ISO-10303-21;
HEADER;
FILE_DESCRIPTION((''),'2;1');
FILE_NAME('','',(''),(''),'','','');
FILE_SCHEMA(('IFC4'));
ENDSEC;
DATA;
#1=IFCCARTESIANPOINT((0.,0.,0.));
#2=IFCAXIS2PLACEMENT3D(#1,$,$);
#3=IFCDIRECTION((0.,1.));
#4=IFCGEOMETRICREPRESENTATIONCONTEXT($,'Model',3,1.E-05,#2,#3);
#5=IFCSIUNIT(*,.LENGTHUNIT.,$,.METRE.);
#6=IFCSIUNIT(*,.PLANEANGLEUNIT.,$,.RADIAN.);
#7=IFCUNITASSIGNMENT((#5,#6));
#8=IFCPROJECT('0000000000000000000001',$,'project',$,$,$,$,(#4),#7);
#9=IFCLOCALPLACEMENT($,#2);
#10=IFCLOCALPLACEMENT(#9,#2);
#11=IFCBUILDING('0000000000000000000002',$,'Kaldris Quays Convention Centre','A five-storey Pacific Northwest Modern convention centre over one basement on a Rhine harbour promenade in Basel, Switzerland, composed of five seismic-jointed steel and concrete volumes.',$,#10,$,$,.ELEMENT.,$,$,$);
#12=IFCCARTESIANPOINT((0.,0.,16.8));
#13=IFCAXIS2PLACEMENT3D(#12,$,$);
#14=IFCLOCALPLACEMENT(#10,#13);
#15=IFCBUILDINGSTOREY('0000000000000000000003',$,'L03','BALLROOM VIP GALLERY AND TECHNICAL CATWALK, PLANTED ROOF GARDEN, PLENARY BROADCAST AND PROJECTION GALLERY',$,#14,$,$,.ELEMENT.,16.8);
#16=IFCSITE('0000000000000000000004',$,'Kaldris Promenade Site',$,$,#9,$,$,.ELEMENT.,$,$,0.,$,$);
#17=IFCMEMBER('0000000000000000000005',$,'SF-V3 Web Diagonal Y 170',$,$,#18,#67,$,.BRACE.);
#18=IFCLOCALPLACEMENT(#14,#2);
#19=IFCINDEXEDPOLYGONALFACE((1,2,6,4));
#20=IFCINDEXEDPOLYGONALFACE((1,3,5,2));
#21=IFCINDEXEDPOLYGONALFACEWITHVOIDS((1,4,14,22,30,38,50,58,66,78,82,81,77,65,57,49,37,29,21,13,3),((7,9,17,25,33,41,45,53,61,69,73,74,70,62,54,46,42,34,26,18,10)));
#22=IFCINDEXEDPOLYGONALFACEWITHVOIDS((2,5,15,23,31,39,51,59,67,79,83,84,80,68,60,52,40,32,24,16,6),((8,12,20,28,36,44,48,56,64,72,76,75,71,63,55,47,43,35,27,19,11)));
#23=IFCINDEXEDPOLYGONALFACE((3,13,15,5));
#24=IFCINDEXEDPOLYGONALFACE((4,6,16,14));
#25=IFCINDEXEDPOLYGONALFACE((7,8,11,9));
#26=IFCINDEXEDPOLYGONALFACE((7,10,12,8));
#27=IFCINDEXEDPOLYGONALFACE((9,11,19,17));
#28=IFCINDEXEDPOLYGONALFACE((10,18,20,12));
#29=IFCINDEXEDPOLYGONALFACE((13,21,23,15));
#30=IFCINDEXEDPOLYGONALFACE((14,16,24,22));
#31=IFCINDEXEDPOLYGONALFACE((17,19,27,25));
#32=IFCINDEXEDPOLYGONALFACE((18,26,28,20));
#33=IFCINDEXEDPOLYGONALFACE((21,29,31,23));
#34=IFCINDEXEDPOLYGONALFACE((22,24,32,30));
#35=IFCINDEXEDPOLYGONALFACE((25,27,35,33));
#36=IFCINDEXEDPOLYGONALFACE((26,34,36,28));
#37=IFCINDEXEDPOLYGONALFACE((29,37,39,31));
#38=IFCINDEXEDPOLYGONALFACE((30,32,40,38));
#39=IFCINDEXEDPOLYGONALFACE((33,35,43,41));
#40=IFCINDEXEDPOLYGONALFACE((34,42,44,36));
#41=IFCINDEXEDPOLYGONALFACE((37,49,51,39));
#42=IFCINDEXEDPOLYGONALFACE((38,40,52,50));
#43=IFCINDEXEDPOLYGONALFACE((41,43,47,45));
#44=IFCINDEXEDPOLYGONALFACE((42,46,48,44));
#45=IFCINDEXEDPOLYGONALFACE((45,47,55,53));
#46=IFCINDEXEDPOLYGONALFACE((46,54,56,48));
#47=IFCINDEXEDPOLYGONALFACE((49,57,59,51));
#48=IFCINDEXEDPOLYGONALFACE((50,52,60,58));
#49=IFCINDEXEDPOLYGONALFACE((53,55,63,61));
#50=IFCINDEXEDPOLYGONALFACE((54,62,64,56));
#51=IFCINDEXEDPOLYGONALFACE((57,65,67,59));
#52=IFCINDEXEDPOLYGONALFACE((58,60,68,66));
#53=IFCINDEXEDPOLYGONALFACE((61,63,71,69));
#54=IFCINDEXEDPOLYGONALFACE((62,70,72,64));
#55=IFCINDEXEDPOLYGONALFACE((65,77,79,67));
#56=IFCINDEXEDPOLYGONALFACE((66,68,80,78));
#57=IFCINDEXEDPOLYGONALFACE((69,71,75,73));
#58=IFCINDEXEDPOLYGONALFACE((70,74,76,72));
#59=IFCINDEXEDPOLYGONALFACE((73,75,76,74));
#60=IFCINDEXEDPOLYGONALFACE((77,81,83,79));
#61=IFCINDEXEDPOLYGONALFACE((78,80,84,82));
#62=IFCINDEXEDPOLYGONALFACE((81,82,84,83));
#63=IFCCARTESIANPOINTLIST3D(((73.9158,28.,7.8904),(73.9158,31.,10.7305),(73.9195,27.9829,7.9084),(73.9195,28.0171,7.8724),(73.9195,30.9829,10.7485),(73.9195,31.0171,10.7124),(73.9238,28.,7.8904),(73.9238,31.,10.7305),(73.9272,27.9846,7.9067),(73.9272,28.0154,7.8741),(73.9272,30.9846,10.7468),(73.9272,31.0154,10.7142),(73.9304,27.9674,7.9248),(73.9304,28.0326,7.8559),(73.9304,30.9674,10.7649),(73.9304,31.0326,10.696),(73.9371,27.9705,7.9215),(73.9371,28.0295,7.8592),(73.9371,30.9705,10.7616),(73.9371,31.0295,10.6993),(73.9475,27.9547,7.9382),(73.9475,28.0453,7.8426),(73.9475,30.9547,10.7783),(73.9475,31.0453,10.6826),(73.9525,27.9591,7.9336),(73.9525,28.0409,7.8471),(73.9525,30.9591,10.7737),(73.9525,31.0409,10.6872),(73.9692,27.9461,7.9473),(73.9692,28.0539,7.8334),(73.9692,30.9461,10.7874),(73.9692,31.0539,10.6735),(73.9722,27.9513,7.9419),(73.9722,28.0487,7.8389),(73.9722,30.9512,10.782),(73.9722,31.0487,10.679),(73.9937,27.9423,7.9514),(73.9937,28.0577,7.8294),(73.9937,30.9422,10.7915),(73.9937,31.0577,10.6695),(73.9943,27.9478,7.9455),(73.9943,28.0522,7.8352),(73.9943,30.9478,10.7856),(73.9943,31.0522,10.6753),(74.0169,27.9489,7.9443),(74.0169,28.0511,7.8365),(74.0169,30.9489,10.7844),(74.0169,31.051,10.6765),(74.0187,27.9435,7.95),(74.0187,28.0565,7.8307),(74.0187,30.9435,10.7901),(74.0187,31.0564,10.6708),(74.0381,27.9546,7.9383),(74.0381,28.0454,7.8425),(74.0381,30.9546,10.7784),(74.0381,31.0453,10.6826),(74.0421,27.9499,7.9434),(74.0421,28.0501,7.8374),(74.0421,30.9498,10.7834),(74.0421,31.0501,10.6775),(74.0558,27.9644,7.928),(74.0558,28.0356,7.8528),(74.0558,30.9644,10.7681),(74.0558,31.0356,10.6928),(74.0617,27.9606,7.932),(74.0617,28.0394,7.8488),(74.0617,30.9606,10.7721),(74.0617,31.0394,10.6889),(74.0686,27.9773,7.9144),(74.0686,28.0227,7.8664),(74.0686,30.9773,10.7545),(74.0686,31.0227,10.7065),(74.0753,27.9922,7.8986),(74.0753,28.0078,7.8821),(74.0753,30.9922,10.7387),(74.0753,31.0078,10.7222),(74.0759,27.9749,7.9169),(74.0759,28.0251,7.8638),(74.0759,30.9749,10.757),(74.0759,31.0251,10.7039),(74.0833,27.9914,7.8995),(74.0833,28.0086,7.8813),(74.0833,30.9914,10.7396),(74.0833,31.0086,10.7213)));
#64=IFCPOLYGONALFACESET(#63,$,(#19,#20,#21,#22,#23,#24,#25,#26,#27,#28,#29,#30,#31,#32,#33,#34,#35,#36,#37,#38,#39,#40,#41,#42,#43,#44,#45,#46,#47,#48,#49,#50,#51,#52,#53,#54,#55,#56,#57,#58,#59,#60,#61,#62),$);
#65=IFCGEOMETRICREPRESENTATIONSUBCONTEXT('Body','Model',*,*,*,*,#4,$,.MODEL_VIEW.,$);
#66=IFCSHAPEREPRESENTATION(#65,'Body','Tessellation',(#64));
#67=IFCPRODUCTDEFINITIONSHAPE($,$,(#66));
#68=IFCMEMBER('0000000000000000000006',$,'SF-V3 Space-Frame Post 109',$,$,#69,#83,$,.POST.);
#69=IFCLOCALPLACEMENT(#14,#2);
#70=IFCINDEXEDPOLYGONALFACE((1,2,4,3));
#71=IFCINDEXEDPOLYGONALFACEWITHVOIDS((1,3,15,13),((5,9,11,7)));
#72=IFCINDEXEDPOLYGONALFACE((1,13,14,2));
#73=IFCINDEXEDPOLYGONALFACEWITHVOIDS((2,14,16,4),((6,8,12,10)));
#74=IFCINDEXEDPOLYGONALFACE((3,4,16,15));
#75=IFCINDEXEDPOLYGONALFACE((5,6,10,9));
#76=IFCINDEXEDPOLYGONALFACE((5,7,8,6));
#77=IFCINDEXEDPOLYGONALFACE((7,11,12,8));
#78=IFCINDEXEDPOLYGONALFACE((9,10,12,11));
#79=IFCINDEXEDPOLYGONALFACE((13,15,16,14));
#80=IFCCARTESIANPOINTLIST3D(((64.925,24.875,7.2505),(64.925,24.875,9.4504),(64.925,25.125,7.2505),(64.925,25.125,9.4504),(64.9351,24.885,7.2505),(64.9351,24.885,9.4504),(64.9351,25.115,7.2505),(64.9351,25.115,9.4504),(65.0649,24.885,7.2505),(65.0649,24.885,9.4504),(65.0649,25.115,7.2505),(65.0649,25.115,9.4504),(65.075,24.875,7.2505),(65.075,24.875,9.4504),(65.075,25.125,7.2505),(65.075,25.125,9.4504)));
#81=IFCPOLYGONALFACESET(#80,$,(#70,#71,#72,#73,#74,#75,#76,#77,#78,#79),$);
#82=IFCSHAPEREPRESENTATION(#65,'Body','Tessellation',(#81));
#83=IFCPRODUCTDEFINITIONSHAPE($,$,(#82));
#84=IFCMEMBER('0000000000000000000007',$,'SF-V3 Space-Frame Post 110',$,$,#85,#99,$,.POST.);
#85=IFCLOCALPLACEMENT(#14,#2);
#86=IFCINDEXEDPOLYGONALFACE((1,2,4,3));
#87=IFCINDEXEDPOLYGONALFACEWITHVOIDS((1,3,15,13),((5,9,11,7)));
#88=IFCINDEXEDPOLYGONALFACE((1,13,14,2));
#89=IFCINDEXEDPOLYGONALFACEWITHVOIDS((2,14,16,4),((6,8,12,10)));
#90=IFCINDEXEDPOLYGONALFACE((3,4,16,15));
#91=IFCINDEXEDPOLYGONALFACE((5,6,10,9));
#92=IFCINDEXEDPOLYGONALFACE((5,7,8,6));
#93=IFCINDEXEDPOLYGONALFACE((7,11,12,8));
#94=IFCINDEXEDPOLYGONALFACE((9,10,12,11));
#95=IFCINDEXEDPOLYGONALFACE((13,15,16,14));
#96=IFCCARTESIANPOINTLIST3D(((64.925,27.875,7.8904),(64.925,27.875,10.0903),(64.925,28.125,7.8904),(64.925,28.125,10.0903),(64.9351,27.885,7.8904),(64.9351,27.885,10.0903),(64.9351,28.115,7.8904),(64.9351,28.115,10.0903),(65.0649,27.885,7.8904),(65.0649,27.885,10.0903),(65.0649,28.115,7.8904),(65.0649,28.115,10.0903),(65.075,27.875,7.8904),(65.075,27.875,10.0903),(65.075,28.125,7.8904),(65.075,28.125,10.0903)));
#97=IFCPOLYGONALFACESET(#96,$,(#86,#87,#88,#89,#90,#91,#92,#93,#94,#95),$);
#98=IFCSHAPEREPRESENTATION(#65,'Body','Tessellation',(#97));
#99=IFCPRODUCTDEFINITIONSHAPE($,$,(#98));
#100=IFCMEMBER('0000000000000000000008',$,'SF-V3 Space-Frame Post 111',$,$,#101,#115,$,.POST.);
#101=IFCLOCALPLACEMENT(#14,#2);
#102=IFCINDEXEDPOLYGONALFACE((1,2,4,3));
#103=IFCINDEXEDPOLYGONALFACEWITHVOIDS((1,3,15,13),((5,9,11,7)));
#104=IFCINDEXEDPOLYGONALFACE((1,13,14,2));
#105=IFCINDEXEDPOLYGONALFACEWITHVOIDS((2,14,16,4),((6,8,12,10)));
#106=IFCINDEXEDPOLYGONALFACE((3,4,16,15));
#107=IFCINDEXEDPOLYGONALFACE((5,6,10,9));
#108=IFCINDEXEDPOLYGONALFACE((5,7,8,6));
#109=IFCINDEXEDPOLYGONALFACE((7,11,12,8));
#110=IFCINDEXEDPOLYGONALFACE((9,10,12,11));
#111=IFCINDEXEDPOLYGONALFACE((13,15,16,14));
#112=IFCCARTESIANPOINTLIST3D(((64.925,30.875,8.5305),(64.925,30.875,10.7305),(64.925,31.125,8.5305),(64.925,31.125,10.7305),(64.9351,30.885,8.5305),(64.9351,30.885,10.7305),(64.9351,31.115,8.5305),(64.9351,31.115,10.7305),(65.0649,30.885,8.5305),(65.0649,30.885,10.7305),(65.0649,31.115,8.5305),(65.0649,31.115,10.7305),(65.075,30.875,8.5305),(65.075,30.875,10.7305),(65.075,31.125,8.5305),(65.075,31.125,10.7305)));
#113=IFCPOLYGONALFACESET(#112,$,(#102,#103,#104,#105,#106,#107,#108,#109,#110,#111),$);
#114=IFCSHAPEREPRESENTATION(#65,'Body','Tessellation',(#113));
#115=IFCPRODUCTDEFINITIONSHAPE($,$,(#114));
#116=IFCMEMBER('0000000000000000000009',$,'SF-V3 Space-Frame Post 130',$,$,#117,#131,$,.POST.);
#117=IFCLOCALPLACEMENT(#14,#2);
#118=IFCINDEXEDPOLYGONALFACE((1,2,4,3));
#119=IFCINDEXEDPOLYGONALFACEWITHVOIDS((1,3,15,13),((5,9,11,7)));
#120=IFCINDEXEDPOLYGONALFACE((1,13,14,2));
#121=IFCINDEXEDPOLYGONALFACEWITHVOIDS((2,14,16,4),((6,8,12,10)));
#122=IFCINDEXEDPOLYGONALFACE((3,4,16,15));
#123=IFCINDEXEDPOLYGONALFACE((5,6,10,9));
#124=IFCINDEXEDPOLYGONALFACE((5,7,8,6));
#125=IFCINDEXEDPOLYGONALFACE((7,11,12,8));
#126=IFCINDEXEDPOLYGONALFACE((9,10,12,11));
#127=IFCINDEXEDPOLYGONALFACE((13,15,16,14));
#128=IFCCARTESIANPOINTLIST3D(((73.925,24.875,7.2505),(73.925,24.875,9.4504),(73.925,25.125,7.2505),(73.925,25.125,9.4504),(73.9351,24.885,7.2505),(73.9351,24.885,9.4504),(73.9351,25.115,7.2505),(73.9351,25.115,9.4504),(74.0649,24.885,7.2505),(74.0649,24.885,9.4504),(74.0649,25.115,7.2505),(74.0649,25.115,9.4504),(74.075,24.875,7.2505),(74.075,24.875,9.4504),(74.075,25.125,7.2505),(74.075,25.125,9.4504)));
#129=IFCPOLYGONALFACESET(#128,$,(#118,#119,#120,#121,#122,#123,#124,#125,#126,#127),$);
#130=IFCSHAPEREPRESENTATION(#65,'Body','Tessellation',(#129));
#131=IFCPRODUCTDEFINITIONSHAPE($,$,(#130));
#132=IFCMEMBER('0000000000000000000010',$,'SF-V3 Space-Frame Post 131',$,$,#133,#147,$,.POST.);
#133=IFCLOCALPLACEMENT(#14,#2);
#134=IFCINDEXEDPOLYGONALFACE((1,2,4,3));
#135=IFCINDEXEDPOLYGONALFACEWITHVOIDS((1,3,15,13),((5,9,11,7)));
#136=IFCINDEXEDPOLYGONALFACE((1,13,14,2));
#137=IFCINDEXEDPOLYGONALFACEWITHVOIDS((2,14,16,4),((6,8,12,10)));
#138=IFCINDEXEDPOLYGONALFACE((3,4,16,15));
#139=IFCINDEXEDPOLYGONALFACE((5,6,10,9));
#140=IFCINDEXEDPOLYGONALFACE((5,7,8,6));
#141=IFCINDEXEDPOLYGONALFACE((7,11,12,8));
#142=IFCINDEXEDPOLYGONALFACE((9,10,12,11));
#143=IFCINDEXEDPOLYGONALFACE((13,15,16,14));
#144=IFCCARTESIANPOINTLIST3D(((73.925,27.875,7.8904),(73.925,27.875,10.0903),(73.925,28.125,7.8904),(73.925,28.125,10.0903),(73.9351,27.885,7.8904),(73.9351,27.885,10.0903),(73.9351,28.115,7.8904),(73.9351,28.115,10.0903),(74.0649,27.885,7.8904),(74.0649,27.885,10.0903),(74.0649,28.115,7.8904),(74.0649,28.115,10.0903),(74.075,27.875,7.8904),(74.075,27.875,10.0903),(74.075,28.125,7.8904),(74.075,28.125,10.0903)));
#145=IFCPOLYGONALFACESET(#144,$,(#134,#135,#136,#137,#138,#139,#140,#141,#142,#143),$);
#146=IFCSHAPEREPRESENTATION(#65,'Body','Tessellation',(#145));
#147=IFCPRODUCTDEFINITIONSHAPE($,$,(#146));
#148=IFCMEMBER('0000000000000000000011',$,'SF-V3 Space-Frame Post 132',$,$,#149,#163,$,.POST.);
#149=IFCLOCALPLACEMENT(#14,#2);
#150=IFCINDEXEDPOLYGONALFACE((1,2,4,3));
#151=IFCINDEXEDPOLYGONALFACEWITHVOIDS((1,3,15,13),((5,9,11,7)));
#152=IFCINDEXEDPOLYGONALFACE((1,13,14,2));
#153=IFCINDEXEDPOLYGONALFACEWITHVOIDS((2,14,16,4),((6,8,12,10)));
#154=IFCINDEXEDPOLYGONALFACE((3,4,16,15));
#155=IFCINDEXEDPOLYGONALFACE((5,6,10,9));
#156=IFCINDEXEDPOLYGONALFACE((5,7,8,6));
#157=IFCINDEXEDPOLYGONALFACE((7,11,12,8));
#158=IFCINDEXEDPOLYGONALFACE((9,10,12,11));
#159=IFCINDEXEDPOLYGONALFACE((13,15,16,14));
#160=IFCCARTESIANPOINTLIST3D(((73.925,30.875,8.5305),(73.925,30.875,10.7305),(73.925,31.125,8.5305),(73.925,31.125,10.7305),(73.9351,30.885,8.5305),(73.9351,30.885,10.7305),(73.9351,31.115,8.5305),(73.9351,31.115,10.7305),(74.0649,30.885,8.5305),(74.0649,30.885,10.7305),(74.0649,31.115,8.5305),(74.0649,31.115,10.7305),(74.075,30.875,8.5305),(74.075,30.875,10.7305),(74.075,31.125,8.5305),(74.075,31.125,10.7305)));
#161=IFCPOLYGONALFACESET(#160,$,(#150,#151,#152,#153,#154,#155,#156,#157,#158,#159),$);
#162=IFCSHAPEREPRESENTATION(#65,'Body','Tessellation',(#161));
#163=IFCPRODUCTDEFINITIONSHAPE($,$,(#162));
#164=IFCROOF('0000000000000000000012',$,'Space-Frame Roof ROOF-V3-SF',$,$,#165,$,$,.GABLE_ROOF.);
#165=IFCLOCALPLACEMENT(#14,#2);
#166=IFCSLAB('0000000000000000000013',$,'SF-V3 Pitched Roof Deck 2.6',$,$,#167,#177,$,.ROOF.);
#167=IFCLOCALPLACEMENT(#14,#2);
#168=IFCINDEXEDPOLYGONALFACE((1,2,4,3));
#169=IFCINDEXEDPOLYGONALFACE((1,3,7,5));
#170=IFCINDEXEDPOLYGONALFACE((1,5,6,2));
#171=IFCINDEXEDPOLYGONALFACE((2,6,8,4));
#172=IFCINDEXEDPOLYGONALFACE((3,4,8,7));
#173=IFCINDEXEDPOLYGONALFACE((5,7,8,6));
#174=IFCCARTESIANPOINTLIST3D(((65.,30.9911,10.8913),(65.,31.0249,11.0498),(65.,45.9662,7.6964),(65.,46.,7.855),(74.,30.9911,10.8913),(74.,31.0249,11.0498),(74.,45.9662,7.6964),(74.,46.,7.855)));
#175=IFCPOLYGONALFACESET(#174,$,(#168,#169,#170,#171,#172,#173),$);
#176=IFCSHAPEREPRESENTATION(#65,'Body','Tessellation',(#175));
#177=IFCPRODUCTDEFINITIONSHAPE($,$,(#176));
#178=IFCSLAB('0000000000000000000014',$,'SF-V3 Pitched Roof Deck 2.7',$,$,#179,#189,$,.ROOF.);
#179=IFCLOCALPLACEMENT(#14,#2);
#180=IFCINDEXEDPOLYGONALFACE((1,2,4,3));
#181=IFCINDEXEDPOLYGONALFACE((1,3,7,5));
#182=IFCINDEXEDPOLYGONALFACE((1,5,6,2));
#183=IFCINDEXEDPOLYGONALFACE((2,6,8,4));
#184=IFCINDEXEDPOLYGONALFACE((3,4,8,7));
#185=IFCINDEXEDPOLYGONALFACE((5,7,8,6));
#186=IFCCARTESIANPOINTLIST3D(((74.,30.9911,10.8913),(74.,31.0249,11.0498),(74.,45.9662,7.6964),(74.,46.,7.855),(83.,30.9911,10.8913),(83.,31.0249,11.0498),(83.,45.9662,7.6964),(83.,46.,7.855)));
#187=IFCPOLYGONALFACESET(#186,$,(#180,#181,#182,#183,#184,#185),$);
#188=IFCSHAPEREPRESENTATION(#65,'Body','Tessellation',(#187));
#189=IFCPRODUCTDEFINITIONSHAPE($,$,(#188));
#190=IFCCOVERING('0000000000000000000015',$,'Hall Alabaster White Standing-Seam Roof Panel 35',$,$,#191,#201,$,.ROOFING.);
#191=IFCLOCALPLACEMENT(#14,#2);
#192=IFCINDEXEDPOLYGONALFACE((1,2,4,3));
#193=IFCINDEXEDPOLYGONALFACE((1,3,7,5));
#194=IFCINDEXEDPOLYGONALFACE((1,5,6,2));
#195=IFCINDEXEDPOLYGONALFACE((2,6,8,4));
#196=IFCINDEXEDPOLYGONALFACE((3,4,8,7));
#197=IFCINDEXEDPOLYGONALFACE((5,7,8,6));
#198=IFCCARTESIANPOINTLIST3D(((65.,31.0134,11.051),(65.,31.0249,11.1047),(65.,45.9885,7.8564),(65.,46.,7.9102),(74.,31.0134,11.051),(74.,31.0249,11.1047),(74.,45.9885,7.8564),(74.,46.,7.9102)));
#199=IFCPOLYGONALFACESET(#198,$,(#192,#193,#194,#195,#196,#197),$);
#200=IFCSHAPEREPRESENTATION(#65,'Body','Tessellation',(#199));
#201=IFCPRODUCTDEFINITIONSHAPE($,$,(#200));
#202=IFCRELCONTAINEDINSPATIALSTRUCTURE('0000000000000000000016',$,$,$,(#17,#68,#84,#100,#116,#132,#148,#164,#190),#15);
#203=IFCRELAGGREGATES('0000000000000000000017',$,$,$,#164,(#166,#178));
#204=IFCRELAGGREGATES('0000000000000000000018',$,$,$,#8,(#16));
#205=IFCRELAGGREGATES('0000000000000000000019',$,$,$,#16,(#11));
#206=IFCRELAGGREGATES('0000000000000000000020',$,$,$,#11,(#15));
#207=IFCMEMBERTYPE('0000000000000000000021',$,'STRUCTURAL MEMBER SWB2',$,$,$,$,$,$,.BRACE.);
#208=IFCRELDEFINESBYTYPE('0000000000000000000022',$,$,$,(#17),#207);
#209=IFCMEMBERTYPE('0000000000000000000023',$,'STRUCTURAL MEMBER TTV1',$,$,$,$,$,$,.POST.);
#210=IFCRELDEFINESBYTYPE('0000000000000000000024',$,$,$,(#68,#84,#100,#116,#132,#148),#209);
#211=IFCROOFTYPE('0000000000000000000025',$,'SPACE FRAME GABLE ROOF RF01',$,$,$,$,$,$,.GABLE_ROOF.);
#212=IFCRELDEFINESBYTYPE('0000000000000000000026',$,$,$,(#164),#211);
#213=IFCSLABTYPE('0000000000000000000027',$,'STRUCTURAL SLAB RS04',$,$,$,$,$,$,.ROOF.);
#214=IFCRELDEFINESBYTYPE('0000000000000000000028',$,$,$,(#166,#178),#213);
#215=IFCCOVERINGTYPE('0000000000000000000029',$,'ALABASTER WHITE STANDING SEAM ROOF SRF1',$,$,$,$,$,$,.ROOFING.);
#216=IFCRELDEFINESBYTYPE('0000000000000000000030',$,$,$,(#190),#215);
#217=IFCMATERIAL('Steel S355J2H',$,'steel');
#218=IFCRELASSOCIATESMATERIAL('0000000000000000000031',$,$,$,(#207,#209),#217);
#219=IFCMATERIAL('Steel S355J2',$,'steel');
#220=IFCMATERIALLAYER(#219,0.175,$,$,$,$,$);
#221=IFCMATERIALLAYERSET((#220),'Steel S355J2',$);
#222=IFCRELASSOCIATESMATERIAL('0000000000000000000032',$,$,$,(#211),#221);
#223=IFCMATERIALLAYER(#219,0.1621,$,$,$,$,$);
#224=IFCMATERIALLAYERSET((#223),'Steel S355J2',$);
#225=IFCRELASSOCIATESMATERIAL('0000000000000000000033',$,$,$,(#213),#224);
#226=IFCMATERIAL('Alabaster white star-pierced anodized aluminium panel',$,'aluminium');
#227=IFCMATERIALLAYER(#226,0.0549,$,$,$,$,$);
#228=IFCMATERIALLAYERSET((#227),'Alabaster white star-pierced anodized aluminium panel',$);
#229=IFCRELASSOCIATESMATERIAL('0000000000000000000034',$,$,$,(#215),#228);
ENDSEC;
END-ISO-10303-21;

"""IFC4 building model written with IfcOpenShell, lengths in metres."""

from ifc_helpers import new_model, si_unit, direction, frame, origin, origin_2d, place, context, subcontext, project, spatial, polyline, hollow_rectangle, hollow_circle, outline, extrude, material, layer, layer_set, material_profile, profile_set, type_object, element, aggregate, save


model = new_model("IFC4")

# Units and contexts
model_context = context("Model", 3, precision=1e-05, world=origin(), true_north=direction((0.0, 1.0)))
body_context = subcontext(model_context, "Body", "Model", "MODEL_VIEW")
ifc_project = project(units=[si_unit("LENGTHUNIT", "METRE"), si_unit("PLANEANGLEUNIT", "RADIAN")], contexts=[model_context])

# Site, building, storey
site_placement = place(None, origin())
site = spatial("IfcSite", under=ifc_project, at=site_placement, Name="Kaldris Promenade Site", CompositionType="ELEMENT", RefElevation=0.0)
building_placement = place(site_placement, origin())
building = spatial("IfcBuilding", under=site, at=building_placement, Name="Kaldris Quays Convention Centre", Description="A five-storey Pacific Northwest Modern convention centre over one basement on a Rhine harbour promenade in Basel, Switzerland, composed of five seismic-jointed steel and concrete volumes.", CompositionType="ELEMENT")
storey_placement = place(building_placement, frame((0.0, 0.0, 16.8)))
storey = spatial("IfcBuildingStorey", under=building, at=storey_placement, Name="L03", Description="BALLROOM VIP GALLERY AND TECHNICAL CATWALK, PLANTED ROOF GARDEN, PLENARY BROADCAST AND PROJECTION GALLERY", CompositionType="ELEMENT", Elevation=16.8)

# Members
ifc_material_1 = material(Name="Steel S355J2H", Category="steel")
ifc_material_profile_1 = material_profile(ifc_material_1, hollow_circle(Radius=0.0842, WallThickness=0.0081, at=origin_2d()), Name="CHS 168.3x8")
ifc_profile_set_1 = profile_set([ifc_material_profile_1], Name="Steel S355J2H")
member_type_1 = type_object("IfcMemberType", Name="STRUCTURAL MEMBER SWB2", PredefinedType="BRACE", material=ifc_profile_set_1)
member_1_placement = place(storey_placement, frame((74.0, 28.0, 7.8904), z_axis=(0.0, 0.726196, 0.687487), x_axis=(-1.0, 0.0, 0.0)))
element("IfcMember", 1, at=member_1_placement, inside=storey, type_object=member_type_1, Name="SF-V3 Web Diagonal Y 170", PredefinedType="BRACE", context=body_context, shape_type="SweptSolid", body=[
    extrude(hollow_circle(Radius=0.0842, WallThickness=0.0081, at=origin_2d()), origin(), (0.0, 0.0, 1.0), 4.1311),
])
ifc_material_profile_2 = material_profile(ifc_material_1, hollow_rectangle(XDim=0.1499, YDim=0.25, WallThickness=0.01, at=origin_2d()), Name="RHS 250x150x10")
ifc_profile_set_2 = profile_set([ifc_material_profile_2], Name="Steel S355J2H")
member_type_2 = type_object("IfcMemberType", Name="STRUCTURAL MEMBER TTV1", PredefinedType="POST", material=ifc_profile_set_2)
for number, where, z_axis, x_axis, name in (
    (2, (65.0, 25.0, 7.2505), (0.0, 0.0, 1.0), (1.0, 0.0, 0.0), "SF-V3 Space-Frame Post 109"),
    (3, (65.0, 28.0, 7.8904), (0.0, 0.0, 1.0), (1.0, 0.0, 0.0), "SF-V3 Space-Frame Post 110"),
    (4, (65.0, 31.0, 8.5305), (0.0, 0.0, 1.0), (1.0, 0.0, 0.0), "SF-V3 Space-Frame Post 111"),
    (5, (74.0, 25.0, 7.2505), (0.0, 0.0, 1.0), (1.0, 0.0, 0.0), "SF-V3 Space-Frame Post 130"),
    (6, (74.0, 28.0, 7.8904), (0.0, 0.0, 1.0), (1.0, 0.0, 0.0), "SF-V3 Space-Frame Post 131"),
    (7, (74.0, 31.0, 8.5305), (0.0, 0.0, 1.0), (1.0, 0.0, 0.0), "SF-V3 Space-Frame Post 132"),
):
    element("IfcMember", number, at=place(storey_placement, frame(where, z_axis=z_axis, x_axis=x_axis)), inside=storey, type_object=member_type_2, Name=name, PredefinedType="POST", context=body_context, shape_type="SweptSolid", body=[
        extrude(hollow_rectangle(XDim=0.1499, YDim=0.25, WallThickness=0.01, at=origin_2d()), origin(), (0.0, 0.0, 1.0), 2.2),
    ])

# Roof, slabs
ifc_material_2 = material(Name="Steel S355J2", Category="steel")
ifc_layer_1 = layer(ifc_material_2, 0.175)
ifc_layer_set_1 = layer_set([ifc_layer_1], Name="Steel S355J2")
roof_type = type_object("IfcRoofType", Name="SPACE FRAME GABLE ROOF RF01", PredefinedType="GABLE_ROOF", material=ifc_layer_set_1)
roof_placement = place(storey_placement, origin())
roof = element("IfcRoof", 8, at=roof_placement, inside=storey, type_object=roof_type, Name="Space-Frame Roof ROOF-V3-SF", PredefinedType="GABLE_ROOF")
ifc_layer_2 = layer(ifc_material_2, 0.1621)
ifc_layer_set_2 = layer_set([ifc_layer_2], Name="Steel S355J2")
slab_type = type_object("IfcSlabType", Name="STRUCTURAL SLAB RS04", PredefinedType="ROOF", material=ifc_layer_set_2)
slab_1_placement = place(storey_placement, frame((65.0, 31.0249, 11.0498), z_axis=(0.0, 0.208647, 0.977991), x_axis=(1.0, 0.0, 0.0)))
slab_1 = element("IfcSlab", 9, at=slab_1_placement, type_object=slab_type, Name="SF-V3 Pitched Roof Deck 2.6", PredefinedType="ROOF", context=body_context, shape_type="SweptSolid", body=[
    extrude(outline(polyline([(0.0, 0.0), (9.0, 0.0), (9.0, 15.3121), (0.0, 15.3121), (0.0, 0.0)])), origin(), (0.0, 0.0, -1.0), 0.1621),
])
slab_2_placement = place(storey_placement, frame((74.0, 31.0249, 11.0498), z_axis=(0.0, 0.208647, 0.977991), x_axis=(1.0, 0.0, 0.0)))
slab_2 = element("IfcSlab", 10, at=slab_2_placement, type_object=slab_type, Name="SF-V3 Pitched Roof Deck 2.7", PredefinedType="ROOF", context=body_context, shape_type="SweptSolid", body=[
    extrude(outline(polyline([(0.0, 0.0), (9.0, 0.0), (9.0, 15.3121), (0.0, 15.3121), (0.0, 0.0)])), origin(), (0.0, 0.0, -1.0), 0.1621),
])
aggregate(roof, [slab_1, slab_2])

# Covering
ifc_material_3 = material(Name="Alabaster white star-pierced anodized aluminium panel", Category="aluminium")
ifc_layer_3 = layer(ifc_material_3, 0.0549)
ifc_layer_set_3 = layer_set([ifc_layer_3], Name="Alabaster white star-pierced anodized aluminium panel")
covering_type = type_object("IfcCoveringType", Name="ALABASTER WHITE STANDING SEAM ROOF SRF1", PredefinedType="ROOFING", material=ifc_layer_set_3)
covering_placement = place(storey_placement, frame((65.0, 31.0249, 11.1047), z_axis=(0.0, 0.208632, 0.977994), x_axis=(1.0, 0.0, 0.0)))
element("IfcCovering", 11, at=covering_placement, inside=storey, type_object=covering_type, Name="Hall Alabaster White Standing-Seam Roof Panel 35", PredefinedType="ROOFING", context=body_context, shape_type="SweptSolid", body=[
    extrude(outline(polyline([(0.0, 0.0), (9.0, 0.0), (9.0, 15.3121), (0.0, 15.3121), (0.0, 0.0)])), origin(), (0.0, 0.0, -1.0), 0.0549),
])

save(model, "model.ifc")
